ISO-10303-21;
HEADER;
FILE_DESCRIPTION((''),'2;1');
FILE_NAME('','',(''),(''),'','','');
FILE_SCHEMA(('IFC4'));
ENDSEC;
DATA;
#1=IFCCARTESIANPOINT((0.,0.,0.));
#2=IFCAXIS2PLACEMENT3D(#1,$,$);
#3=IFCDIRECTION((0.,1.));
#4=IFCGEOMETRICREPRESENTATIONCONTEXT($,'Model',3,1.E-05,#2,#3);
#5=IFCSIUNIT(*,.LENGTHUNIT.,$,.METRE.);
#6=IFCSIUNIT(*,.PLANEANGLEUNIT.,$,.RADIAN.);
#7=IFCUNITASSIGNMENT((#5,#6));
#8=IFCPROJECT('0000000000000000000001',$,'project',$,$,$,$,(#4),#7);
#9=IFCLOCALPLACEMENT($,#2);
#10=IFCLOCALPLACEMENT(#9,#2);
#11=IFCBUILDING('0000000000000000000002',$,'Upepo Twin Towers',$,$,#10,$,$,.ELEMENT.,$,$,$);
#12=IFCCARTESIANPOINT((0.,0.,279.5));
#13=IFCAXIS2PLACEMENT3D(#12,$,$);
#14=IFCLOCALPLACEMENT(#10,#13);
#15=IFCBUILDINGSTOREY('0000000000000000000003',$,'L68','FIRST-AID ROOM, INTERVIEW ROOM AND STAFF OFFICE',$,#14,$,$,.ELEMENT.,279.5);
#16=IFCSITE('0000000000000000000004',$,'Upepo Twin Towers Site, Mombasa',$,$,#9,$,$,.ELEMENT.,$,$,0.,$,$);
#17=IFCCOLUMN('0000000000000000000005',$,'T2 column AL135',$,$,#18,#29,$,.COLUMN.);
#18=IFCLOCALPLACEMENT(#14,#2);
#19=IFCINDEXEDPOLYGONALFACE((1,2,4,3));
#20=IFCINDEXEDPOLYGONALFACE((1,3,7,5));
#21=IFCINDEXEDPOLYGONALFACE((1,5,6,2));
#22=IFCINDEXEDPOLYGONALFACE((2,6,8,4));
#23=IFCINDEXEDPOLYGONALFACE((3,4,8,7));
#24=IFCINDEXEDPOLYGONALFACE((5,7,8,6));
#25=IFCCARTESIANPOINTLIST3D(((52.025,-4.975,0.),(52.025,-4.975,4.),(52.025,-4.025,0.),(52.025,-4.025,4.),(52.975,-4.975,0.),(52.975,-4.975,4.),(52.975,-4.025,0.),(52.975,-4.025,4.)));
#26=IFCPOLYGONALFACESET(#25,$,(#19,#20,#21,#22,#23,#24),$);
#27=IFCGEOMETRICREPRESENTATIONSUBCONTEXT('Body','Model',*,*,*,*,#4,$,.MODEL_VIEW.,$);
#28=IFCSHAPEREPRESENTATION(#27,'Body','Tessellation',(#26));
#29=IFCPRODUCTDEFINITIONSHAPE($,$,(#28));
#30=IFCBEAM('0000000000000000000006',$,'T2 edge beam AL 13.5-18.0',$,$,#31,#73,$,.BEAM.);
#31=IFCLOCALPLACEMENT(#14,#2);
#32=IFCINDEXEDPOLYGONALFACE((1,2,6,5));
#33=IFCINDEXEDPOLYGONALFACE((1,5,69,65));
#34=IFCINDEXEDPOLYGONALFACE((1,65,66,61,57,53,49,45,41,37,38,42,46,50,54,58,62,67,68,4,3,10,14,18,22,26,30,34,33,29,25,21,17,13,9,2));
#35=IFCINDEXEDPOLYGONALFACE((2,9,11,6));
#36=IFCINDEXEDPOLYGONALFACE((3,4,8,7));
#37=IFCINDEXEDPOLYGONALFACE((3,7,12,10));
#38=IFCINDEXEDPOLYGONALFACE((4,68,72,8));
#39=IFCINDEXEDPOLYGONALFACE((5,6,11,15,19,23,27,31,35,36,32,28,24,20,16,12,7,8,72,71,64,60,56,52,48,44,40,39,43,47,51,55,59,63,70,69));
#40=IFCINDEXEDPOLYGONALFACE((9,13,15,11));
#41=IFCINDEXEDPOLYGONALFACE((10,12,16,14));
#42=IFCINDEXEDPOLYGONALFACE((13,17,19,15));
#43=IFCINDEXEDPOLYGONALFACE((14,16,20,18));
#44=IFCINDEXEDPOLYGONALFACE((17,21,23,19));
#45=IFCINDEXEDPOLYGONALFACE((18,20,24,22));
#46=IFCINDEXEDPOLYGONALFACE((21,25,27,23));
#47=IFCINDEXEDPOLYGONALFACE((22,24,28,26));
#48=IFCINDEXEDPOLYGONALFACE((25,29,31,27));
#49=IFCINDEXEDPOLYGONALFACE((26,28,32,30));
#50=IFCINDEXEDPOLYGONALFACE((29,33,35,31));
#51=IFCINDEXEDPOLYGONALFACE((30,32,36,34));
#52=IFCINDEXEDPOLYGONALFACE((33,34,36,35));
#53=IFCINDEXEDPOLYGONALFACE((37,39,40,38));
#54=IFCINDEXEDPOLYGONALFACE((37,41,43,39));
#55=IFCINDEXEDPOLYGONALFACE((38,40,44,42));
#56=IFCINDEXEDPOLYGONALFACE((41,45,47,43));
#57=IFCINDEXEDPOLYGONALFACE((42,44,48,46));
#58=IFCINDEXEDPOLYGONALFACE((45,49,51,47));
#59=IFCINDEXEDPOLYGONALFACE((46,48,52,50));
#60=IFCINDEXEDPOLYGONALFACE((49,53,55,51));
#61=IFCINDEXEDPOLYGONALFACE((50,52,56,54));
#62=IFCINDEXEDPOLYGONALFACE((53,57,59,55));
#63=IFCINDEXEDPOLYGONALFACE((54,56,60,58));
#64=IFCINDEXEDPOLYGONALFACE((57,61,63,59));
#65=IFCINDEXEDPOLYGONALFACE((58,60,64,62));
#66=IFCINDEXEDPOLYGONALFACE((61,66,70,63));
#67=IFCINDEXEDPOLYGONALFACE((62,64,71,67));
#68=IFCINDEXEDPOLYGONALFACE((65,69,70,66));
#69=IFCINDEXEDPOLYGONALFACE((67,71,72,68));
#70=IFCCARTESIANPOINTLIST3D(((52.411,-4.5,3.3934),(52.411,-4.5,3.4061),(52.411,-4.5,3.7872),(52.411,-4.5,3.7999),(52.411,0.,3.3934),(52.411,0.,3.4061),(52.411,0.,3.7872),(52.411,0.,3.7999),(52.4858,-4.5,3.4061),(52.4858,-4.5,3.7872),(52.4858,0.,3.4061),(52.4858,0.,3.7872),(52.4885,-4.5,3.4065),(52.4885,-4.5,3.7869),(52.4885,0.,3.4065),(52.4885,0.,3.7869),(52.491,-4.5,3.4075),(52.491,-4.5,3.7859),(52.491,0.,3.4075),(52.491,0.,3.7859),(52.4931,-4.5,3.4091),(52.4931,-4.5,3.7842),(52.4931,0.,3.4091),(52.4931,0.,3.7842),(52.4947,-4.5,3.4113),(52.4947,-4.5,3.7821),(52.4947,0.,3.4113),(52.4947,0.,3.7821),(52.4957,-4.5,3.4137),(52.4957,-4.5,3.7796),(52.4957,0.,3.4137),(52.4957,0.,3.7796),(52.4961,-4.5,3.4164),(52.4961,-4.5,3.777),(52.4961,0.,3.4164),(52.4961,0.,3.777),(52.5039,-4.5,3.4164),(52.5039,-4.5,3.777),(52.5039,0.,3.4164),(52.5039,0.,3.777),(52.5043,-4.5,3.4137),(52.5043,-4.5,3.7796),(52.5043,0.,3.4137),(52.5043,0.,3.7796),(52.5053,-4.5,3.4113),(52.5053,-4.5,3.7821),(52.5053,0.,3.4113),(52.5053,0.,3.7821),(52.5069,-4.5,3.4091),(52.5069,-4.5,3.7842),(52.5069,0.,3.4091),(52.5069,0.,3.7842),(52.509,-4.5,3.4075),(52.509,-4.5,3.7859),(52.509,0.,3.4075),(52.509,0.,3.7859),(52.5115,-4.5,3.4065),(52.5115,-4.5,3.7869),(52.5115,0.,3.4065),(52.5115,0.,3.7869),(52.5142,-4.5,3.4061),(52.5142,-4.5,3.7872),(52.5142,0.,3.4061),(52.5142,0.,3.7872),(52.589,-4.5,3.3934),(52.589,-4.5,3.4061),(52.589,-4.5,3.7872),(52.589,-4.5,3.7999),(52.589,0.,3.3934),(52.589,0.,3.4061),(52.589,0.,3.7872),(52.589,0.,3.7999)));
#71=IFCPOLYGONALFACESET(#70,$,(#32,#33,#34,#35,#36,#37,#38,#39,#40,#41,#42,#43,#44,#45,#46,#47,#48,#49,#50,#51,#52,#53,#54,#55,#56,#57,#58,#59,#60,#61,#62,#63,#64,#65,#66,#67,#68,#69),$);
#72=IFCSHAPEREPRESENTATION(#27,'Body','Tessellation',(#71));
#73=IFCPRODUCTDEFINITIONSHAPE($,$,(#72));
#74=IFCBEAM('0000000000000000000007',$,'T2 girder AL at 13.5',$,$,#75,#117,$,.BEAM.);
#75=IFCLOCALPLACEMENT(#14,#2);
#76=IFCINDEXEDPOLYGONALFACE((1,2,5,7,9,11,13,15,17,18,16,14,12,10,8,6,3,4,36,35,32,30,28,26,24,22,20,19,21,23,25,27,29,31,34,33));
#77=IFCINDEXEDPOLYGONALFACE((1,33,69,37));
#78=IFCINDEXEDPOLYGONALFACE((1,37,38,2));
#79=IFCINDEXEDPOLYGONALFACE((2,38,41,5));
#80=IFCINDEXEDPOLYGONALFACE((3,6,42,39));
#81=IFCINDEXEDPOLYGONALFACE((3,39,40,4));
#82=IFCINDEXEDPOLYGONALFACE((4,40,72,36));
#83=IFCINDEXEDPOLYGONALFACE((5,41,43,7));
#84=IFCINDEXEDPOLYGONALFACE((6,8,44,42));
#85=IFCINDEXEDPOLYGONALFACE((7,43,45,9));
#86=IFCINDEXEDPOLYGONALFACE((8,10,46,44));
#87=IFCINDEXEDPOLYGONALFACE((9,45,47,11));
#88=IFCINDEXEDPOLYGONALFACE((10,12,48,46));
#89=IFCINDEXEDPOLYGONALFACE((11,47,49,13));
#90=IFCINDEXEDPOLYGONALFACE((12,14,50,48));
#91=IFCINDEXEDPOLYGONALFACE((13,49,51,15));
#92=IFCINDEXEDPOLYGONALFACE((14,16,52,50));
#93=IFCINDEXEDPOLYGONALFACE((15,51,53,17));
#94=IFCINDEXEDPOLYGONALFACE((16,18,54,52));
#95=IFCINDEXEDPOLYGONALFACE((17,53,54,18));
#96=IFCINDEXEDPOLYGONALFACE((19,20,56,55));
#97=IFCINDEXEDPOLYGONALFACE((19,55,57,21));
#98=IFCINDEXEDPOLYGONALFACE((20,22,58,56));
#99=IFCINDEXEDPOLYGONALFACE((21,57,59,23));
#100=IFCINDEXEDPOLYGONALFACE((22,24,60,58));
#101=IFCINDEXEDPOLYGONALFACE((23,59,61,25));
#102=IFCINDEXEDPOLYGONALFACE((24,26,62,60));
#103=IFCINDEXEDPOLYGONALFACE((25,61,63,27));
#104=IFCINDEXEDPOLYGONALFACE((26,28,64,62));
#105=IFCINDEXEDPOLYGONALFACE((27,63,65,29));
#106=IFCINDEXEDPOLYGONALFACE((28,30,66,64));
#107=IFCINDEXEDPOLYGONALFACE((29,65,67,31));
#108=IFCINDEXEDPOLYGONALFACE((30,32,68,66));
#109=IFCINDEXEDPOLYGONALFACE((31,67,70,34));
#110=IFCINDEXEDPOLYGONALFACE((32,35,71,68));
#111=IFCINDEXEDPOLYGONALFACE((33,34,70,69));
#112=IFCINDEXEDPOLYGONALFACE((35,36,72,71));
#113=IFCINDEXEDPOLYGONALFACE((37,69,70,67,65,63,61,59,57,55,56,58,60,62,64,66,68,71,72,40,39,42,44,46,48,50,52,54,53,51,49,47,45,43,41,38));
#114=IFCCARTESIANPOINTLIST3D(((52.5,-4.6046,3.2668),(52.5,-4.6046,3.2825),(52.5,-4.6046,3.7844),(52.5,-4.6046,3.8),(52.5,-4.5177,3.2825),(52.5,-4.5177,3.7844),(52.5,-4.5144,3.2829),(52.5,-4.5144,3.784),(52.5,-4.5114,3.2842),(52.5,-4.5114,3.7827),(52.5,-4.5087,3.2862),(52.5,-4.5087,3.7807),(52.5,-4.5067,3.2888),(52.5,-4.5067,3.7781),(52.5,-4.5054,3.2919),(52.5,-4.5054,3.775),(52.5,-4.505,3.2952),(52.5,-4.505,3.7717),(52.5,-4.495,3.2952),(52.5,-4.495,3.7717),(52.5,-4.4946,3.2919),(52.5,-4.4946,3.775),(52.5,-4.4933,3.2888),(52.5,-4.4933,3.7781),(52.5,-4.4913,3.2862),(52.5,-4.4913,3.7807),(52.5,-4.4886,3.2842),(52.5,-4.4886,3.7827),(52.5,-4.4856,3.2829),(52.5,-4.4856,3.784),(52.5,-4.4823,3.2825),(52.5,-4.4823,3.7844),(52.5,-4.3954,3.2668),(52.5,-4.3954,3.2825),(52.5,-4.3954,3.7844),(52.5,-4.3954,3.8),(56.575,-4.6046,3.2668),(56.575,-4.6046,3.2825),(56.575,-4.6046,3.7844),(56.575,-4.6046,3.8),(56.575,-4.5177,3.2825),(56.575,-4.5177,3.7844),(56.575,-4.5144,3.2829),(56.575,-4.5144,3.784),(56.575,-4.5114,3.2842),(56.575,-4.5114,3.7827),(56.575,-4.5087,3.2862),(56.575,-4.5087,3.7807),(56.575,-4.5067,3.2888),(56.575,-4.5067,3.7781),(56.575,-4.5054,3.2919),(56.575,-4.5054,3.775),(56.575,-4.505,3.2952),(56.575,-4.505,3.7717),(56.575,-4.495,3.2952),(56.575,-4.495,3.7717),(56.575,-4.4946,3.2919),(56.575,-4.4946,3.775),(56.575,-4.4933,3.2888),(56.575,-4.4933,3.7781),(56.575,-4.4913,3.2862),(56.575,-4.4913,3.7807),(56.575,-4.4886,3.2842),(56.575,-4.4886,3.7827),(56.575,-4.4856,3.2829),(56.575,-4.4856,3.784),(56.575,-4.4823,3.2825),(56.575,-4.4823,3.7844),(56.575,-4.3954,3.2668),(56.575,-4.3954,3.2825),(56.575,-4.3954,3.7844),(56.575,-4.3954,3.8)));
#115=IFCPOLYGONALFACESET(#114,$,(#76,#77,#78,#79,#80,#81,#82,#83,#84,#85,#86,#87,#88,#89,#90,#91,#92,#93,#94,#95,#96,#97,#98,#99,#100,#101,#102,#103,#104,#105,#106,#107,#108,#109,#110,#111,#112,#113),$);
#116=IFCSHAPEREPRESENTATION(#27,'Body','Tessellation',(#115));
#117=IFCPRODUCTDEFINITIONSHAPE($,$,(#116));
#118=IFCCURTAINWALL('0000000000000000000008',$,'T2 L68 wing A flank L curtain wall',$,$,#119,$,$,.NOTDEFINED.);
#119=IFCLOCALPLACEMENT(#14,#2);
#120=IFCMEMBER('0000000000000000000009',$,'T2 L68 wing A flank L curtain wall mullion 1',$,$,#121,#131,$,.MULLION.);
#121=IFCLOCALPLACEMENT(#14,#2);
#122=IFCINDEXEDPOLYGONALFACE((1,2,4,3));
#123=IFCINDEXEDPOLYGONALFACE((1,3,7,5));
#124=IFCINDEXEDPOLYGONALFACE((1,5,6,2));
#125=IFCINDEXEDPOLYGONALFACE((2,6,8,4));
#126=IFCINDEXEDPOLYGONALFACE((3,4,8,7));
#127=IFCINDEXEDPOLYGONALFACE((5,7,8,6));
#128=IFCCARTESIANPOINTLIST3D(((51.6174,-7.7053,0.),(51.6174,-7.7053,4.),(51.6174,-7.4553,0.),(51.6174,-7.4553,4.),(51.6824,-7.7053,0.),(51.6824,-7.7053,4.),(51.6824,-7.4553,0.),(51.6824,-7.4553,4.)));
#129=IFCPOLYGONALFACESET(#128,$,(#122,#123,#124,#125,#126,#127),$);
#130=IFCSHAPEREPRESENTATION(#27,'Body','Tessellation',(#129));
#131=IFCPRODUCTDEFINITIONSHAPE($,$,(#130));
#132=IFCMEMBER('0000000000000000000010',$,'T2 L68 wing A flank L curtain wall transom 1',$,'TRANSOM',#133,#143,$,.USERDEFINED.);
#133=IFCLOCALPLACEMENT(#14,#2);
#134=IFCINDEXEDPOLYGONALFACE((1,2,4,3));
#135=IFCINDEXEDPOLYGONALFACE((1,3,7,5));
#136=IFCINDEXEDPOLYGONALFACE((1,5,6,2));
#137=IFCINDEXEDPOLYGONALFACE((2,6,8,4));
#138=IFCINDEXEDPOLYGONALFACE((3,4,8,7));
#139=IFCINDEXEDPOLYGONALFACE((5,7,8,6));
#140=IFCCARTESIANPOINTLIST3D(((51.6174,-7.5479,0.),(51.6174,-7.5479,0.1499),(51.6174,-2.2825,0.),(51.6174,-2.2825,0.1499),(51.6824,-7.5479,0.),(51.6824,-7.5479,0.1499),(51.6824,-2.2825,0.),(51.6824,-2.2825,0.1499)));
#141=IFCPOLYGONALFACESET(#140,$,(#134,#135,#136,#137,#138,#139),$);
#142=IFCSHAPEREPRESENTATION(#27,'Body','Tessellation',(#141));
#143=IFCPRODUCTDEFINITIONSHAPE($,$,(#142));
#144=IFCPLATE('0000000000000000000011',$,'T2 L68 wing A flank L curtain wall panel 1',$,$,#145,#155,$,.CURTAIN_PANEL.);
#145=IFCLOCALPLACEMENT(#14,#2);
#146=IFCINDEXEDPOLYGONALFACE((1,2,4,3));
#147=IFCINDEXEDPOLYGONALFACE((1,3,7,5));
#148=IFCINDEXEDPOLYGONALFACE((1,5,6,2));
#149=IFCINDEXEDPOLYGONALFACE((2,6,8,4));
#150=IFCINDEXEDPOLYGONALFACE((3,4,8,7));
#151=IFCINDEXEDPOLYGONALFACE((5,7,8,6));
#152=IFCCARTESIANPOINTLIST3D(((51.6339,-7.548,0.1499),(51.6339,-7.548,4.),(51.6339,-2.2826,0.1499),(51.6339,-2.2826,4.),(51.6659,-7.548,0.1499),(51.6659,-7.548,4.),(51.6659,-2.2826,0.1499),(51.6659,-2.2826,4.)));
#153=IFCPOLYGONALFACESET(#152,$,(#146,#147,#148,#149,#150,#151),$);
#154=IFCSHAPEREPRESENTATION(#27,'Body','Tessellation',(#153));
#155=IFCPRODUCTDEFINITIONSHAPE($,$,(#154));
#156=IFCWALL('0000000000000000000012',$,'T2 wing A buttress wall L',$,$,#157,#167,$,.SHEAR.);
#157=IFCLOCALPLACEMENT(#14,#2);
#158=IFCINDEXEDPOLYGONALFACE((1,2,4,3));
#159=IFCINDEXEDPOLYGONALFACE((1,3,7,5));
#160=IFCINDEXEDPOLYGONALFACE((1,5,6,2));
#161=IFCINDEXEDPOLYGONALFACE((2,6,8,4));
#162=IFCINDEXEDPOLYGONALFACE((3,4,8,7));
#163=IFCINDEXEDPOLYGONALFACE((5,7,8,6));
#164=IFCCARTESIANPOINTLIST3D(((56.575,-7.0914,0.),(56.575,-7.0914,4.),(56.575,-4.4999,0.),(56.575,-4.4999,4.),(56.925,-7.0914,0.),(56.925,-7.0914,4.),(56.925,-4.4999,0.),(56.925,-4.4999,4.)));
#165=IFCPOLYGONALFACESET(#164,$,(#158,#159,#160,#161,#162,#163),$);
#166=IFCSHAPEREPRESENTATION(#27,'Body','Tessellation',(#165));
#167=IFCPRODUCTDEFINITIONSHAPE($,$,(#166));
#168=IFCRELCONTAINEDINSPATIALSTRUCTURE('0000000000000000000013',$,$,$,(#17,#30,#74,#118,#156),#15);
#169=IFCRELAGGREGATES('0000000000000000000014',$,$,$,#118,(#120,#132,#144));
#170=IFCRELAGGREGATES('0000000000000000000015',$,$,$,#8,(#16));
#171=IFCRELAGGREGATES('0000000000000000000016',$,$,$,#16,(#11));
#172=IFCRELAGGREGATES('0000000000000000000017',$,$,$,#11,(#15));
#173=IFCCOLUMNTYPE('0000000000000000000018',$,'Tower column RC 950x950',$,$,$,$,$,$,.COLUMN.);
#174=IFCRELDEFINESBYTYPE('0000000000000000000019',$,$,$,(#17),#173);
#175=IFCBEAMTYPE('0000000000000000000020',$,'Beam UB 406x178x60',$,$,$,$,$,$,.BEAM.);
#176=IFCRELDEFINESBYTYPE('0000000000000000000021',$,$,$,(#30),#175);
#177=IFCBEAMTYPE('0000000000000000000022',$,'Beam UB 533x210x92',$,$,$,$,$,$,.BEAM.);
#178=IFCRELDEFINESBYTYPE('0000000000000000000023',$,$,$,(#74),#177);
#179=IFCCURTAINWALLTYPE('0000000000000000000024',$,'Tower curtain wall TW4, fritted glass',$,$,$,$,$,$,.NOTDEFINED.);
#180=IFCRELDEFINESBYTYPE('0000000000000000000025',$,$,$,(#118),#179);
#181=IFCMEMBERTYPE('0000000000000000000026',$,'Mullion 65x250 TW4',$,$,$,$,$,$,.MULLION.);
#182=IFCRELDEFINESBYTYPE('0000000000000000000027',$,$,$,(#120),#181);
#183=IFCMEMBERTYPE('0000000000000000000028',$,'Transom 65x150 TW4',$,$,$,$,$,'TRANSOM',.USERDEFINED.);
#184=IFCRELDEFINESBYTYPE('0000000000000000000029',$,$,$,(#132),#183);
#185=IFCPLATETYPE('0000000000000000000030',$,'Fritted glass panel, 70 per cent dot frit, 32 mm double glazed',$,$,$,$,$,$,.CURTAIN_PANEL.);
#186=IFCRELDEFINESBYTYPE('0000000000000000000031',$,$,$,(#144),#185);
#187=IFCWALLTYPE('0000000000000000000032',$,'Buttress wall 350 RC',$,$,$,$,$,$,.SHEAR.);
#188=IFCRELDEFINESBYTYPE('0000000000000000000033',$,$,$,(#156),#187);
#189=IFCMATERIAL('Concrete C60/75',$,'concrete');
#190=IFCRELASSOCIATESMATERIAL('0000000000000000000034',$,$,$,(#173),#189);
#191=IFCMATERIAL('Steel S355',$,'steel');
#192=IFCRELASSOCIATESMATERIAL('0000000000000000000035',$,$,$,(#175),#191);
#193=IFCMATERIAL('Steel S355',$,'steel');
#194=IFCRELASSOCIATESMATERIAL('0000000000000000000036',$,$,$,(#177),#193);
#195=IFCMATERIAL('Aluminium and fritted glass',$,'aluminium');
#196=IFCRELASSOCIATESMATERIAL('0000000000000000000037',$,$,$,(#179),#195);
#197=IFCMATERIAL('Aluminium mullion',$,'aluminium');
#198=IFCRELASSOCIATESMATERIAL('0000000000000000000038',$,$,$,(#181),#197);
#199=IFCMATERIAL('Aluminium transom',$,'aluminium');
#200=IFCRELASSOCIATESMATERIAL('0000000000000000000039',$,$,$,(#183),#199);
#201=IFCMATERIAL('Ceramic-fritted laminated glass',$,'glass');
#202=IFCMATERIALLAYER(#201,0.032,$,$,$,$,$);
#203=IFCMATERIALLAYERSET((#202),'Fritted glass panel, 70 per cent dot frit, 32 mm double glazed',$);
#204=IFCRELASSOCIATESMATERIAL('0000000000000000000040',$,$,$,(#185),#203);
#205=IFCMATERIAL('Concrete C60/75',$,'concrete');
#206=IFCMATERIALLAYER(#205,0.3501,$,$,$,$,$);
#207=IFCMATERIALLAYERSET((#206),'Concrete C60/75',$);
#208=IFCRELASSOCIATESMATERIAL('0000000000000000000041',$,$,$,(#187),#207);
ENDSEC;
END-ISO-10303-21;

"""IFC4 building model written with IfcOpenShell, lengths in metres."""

from ifc_helpers import new_model, si_unit, direction, frame, frame_2d, origin, origin_2d, place, context, subcontext, project, spatial, rectangle, i_section, extrude, material, layer, layer_set, material_profile, profile_set, type_object, element, aggregate, save


model = new_model("IFC4")

# Units and contexts
model_context = context("Model", 3, precision=1e-05, world=origin(), true_north=direction((0.0, 1.0)))
body_context = subcontext(model_context, "Body", "Model", "MODEL_VIEW")
ifc_project = project(units=[si_unit("LENGTHUNIT", "METRE"), si_unit("PLANEANGLEUNIT", "RADIAN")], contexts=[model_context])

# Site, building, storey
site_placement = place(None, origin())
site = spatial("IfcSite", under=ifc_project, at=site_placement, Name="Upepo Twin Towers Site, Mombasa", CompositionType="ELEMENT", RefElevation=0.0)
building_placement = place(site_placement, origin())
building = spatial("IfcBuilding", under=site, at=building_placement, Name="Upepo Twin Towers", CompositionType="ELEMENT")
storey_placement = place(building_placement, frame((0.0, 0.0, 279.5)))
storey = spatial("IfcBuildingStorey", under=building, at=storey_placement, Name="L68", Description="FIRST-AID ROOM, INTERVIEW ROOM AND STAFF OFFICE", CompositionType="ELEMENT", Elevation=279.5)

# Column
ifc_material_1 = material(Name="Concrete C60/75", Category="concrete")
ifc_material_profile_1 = material_profile(ifc_material_1, rectangle(XDim=0.95, YDim=0.95, at=origin_2d()), Name="RC 950x950")
ifc_profile_set_1 = profile_set([ifc_material_profile_1], Name="Concrete C60/75")
column_type = type_object("IfcColumnType", Name="Tower column RC 950x950", PredefinedType="COLUMN", material=ifc_profile_set_1)
column_placement = place(storey_placement, frame((52.5, -4.5, 0.0), z_axis=(0.0, 0.0, 1.0), x_axis=(1.0, 0.0, 0.0)))
element("IfcColumn", 1, at=column_placement, inside=storey, type_object=column_type, Name="T2 column AL135", PredefinedType="COLUMN", context=body_context, shape_type="SweptSolid", body=[
    extrude(rectangle(XDim=0.95, YDim=0.95, at=origin_2d()), origin(), (0.0, 0.0, 1.0), 4.0),
])

# Beams
ifc_material_2 = material(Name="Steel S355", Category="steel")
ifc_material_profile_2 = material_profile(ifc_material_2, i_section(OverallWidth=0.178, OverallDepth=0.4065, WebThickness=0.0078, FlangeThickness=0.0127, FilletRadius=0.0103, at=origin_2d()), Name="UB 406x178x60")
ifc_profile_set_2 = profile_set([ifc_material_profile_2], Name="Steel S355")
beam_type_1 = type_object("IfcBeamType", Name="Beam UB 406x178x60", PredefinedType="BEAM", material=ifc_profile_set_2)
beam_1_placement = place(storey_placement, frame((52.5, -4.5, 3.5967), z_axis=(0.0, 1.0, 0.0), x_axis=(-1.0, 0.0, 0.0)))
element("IfcBeam", 2, at=beam_1_placement, inside=storey, type_object=beam_type_1, Name="T2 edge beam AL 13.5-18.0", PredefinedType="BEAM", context=body_context, shape_type="SweptSolid", body=[
    extrude(i_section(OverallWidth=0.178, OverallDepth=0.4065, WebThickness=0.0078, FlangeThickness=0.0127, FilletRadius=0.0103, at=origin_2d()), origin(), (0.0, 0.0, 1.0), 4.5),
])
ifc_material_3 = material(Name="Steel S355", Category="steel")
ifc_material_profile_3 = material_profile(ifc_material_3, i_section(OverallWidth=0.2092, OverallDepth=0.5332, WebThickness=0.01, FlangeThickness=0.0156, FilletRadius=0.0127, at=origin_2d()), Name="UB 533x210x92")
ifc_profile_set_3 = profile_set([ifc_material_profile_3], Name="Steel S355")
beam_type_2 = type_object("IfcBeamType", Name="Beam UB 533x210x92", PredefinedType="BEAM", material=ifc_profile_set_3)
beam_2_placement = place(storey_placement, frame((52.5, -4.5, 3.5334), z_axis=(1.0, 0.0, 0.0), x_axis=(0.0, 1.0, 0.0)))
element("IfcBeam", 3, at=beam_2_placement, inside=storey, type_object=beam_type_2, Name="T2 girder AL at 13.5", PredefinedType="BEAM", context=body_context, shape_type="SweptSolid", body=[
    extrude(i_section(OverallWidth=0.2092, OverallDepth=0.5332, WebThickness=0.01, FlangeThickness=0.0156, FilletRadius=0.0127, at=origin_2d()), origin(), (0.0, 0.0, 1.0), 4.075),
])

# Curtain wall, members, plate
ifc_material_4 = material(Name="Aluminium and fritted glass", Category="aluminium")
curtain_wall_type = type_object("IfcCurtainWallType", Name="Tower curtain wall TW4, fritted glass", PredefinedType="NOTDEFINED", material=ifc_material_4)
curtain_wall_placement = place(storey_placement, origin())
curtain_wall = element("IfcCurtainWall", 4, at=curtain_wall_placement, inside=storey, type_object=curtain_wall_type, Name="T2 L68 wing A flank L curtain wall", PredefinedType="NOTDEFINED")
ifc_material_5 = material(Name="Aluminium mullion", Category="aluminium")
ifc_material_profile_4 = material_profile(ifc_material_5, rectangle(XDim=0.0649, YDim=0.25, at=origin_2d()), Name="MULLION 65x250")
ifc_profile_set_4 = profile_set([ifc_material_profile_4], Name="Aluminium mullion")
member_type_1 = type_object("IfcMemberType", Name="Mullion 65x250 TW4", PredefinedType="MULLION", material=ifc_profile_set_4)
member_1_placement = place(storey_placement, frame((51.6499, -7.5803, 0.0), z_axis=(0.0, 0.0, 1.0), x_axis=(-1.0, 0.0, 0.0)))
member_1 = element("IfcMember", 5, at=member_1_placement, type_object=member_type_1, Name="T2 L68 wing A flank L curtain wall mullion 1", PredefinedType="MULLION", context=body_context, shape_type="SweptSolid", body=[
    extrude(rectangle(XDim=0.0649, YDim=0.25, at=origin_2d()), origin(), (0.0, 0.0, 1.0), 4.0),
])
ifc_material_6 = material(Name="Aluminium transom", Category="aluminium")
ifc_material_profile_5 = material_profile(ifc_material_6, rectangle(XDim=0.0649, YDim=0.1499, at=origin_2d()), Name="TRANSOM 65x150")
ifc_profile_set_5 = profile_set([ifc_material_profile_5], Name="Aluminium transom")
member_type_2 = type_object("IfcMemberType", Name="Transom 65x150 TW4", ElementType="TRANSOM", PredefinedType="USERDEFINED", material=ifc_profile_set_5)
member_2_placement = place(storey_placement, frame((51.6499, -7.5479, 0.075), z_axis=(0.0, 1.0, 0.0), x_axis=(-1.0, 0.0, 0.0)))
member_2 = element("IfcMember", 6, at=member_2_placement, type_object=member_type_2, Name="T2 L68 wing A flank L curtain wall transom 1", ObjectType="TRANSOM", PredefinedType="USERDEFINED", context=body_context, shape_type="SweptSolid", body=[
    extrude(rectangle(XDim=0.0649, YDim=0.1499, at=origin_2d()), origin(), (0.0, 0.0, 1.0), 5.2654),
])
ifc_material_7 = material(Name="Ceramic-fritted laminated glass", Category="glass")
ifc_layer_1 = layer(ifc_material_7, 0.032)
ifc_layer_set_1 = layer_set([ifc_layer_1], Name="Fritted glass panel, 70 per cent dot frit, 32 mm double glazed")
plate_type = type_object("IfcPlateType", Name="Fritted glass panel, 70 per cent dot frit, 32 mm double glazed", PredefinedType="CURTAIN_PANEL", material=ifc_layer_set_1)
plate_placement = place(storey_placement, frame((51.6499, -4.9153, 0.1499), z_axis=(0.0, 0.0, 1.0), x_axis=(0.0, 1.0, 0.0)))
plate = element("IfcPlate", 7, at=plate_placement, type_object=plate_type, Name="T2 L68 wing A flank L curtain wall panel 1", PredefinedType="CURTAIN_PANEL", context=body_context, shape_type="SweptSolid", body=[
    extrude(rectangle(XDim=5.2654, YDim=0.032, at=origin_2d()), origin(), (0.0, 0.0, 1.0), 3.8501),
])
aggregate(curtain_wall, [member_1, member_2, plate])

# Wall
ifc_material_8 = material(Name="Concrete C60/75", Category="concrete")
ifc_layer_2 = layer(ifc_material_8, 0.3501)
ifc_layer_set_2 = layer_set([ifc_layer_2], Name="Concrete C60/75")
wall_type_1 = type_object("IfcWallType", Name="Buttress wall 350 RC", PredefinedType="SHEAR", material=ifc_layer_set_2)
wall_1_placement = place(storey_placement, frame((56.75, -7.0916, 0.0), z_axis=(0.0, 0.0, 1.0), x_axis=(0.0, 1.0, 0.0)))
element("IfcWall", 8, at=wall_1_placement, inside=storey, type_object=wall_type_1, Name="T2 wing A buttress wall L", PredefinedType="SHEAR", context=body_context, shape_type="SweptSolid", body=[
    extrude(rectangle(XDim=2.5916, YDim=0.3501, at=frame_2d((1.2959, 0.0))), origin(), (0.0, 0.0, 1.0), 4.0),
])

save(model, "model.ifc")
